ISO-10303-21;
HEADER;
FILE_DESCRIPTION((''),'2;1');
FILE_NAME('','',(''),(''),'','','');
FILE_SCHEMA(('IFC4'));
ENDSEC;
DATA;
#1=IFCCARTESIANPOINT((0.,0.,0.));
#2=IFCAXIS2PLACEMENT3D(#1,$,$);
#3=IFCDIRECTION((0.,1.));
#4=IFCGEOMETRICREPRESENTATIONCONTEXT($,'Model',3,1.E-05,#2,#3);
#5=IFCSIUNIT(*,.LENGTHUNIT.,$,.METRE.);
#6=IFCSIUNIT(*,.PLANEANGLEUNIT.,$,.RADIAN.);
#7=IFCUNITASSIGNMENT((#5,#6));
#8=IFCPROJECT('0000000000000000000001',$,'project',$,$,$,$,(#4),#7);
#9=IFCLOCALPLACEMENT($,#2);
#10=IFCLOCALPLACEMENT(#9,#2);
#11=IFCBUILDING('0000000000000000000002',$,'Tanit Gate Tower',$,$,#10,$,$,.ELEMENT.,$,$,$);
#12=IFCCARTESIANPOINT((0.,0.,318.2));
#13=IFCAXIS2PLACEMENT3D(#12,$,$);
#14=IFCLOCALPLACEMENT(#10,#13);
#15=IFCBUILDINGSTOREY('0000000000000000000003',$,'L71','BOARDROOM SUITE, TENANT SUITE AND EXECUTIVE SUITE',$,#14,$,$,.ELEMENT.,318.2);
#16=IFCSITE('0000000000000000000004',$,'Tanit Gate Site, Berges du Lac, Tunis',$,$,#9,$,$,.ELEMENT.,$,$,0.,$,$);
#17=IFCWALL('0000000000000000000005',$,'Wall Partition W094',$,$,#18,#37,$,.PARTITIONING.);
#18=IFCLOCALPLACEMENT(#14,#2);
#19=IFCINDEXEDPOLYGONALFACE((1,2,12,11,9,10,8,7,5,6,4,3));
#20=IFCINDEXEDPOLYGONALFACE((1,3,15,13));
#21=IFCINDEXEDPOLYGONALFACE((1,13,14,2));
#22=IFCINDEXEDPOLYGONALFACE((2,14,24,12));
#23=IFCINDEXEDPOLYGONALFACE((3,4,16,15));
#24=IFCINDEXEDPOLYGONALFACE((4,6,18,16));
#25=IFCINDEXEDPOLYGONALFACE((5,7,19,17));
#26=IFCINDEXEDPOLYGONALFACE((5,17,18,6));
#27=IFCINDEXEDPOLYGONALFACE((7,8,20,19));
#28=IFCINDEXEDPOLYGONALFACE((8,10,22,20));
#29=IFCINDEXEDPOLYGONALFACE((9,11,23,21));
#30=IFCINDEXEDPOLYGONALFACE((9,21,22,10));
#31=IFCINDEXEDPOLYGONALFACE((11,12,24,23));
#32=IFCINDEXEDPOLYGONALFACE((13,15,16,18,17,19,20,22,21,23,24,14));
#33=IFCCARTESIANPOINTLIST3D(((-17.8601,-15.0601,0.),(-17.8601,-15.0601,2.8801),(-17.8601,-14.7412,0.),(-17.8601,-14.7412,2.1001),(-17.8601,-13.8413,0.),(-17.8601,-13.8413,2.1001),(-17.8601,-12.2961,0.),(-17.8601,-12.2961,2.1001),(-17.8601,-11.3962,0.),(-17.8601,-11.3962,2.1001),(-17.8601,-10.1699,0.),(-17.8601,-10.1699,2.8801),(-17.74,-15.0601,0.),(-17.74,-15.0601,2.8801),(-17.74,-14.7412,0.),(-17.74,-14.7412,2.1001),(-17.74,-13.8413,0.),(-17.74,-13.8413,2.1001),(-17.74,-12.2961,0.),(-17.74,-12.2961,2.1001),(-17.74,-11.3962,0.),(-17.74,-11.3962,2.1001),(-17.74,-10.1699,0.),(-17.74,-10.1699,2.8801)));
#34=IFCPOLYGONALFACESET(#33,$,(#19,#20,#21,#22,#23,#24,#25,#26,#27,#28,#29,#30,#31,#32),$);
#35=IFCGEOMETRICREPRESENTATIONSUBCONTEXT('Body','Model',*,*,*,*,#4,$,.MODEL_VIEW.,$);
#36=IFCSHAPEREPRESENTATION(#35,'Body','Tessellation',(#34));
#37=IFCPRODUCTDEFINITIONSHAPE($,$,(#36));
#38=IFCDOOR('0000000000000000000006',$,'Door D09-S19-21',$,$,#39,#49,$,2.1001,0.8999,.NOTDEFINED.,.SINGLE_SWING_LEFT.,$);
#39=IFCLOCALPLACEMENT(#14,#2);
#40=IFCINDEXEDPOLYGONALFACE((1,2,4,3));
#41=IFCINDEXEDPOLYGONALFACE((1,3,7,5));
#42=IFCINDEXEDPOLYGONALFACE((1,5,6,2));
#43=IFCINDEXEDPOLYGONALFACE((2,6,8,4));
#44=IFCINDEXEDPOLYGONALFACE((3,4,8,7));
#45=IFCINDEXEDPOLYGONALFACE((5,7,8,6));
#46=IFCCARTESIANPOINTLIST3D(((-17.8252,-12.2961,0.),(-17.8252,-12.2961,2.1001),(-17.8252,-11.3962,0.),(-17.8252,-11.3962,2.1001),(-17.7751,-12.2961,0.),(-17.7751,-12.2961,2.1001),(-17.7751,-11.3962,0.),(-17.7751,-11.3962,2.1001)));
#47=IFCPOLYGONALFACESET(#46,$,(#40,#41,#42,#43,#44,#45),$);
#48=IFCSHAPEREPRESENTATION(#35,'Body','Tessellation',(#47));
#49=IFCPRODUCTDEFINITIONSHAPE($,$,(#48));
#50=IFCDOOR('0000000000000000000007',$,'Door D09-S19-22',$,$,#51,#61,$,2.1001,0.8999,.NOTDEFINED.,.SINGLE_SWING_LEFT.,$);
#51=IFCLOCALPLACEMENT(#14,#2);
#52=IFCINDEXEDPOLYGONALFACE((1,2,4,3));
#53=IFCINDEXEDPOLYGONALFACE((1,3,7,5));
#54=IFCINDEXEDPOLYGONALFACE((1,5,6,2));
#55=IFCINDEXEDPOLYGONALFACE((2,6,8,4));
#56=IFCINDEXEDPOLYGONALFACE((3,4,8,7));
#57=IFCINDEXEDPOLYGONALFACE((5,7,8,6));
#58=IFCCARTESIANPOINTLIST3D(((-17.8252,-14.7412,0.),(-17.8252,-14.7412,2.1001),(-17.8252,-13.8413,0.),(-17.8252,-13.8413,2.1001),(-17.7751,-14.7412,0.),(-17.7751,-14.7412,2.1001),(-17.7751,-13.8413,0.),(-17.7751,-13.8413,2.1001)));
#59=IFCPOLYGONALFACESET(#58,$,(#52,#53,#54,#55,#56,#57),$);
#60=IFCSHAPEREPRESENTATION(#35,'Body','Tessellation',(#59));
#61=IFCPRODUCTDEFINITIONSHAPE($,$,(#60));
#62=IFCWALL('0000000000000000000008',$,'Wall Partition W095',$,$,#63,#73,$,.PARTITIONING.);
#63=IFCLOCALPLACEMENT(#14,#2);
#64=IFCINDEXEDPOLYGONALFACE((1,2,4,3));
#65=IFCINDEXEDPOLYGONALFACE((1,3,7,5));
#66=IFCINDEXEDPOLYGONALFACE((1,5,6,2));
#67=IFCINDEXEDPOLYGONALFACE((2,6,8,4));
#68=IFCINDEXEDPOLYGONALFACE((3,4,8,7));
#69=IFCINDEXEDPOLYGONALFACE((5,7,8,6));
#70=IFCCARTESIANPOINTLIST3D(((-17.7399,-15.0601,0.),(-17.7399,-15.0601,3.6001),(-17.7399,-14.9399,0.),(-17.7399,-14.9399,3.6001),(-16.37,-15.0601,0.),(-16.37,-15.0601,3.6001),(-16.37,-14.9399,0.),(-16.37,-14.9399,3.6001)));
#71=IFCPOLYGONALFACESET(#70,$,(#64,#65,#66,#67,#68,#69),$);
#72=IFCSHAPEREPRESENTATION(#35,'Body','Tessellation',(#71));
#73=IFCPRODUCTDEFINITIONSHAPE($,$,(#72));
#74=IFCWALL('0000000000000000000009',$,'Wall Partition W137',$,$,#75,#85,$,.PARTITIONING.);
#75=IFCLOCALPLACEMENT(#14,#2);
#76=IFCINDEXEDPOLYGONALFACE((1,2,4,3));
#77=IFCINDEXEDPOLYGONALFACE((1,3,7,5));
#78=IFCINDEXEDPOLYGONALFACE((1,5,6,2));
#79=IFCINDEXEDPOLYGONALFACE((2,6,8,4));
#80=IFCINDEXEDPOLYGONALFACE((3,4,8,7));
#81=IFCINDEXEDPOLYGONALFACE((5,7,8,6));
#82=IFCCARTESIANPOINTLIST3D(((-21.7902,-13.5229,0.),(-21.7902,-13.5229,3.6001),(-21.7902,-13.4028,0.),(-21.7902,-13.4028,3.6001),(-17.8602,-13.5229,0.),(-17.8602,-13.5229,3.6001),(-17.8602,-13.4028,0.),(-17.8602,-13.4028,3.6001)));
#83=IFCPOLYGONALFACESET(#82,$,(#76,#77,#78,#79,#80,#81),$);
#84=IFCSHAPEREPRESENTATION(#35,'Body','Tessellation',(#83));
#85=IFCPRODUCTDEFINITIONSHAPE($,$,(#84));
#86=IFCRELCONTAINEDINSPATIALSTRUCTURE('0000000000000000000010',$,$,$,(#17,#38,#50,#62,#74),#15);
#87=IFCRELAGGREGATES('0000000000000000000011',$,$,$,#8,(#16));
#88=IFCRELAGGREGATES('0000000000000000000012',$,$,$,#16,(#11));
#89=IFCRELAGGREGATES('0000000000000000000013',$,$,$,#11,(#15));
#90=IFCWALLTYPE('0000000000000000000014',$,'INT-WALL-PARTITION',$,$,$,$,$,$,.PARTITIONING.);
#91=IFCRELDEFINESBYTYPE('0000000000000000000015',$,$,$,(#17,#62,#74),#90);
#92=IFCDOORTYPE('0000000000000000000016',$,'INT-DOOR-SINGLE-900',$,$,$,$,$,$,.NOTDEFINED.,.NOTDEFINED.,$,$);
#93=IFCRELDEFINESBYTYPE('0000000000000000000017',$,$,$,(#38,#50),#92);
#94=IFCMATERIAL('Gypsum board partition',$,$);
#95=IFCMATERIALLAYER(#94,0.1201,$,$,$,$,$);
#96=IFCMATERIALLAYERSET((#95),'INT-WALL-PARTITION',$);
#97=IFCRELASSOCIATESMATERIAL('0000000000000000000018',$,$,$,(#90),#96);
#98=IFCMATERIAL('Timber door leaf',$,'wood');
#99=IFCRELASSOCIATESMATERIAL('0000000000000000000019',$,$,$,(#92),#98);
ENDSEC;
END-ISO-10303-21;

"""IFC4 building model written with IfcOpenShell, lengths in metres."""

from ifc_helpers import new_model, si_unit, direction, frame, frame_2d, origin, place, context, subcontext, project, spatial, rectangle, extrude, material, layer, layer_set, type_object, element, fill, save


model = new_model("IFC4")

# Units and contexts
model_context = context("Model", 3, precision=1e-05, world=origin(), true_north=direction((0.0, 1.0)))
body_context = subcontext(model_context, "Body", "Model", "MODEL_VIEW")
ifc_project = project(units=[si_unit("LENGTHUNIT", "METRE"), si_unit("PLANEANGLEUNIT", "RADIAN")], contexts=[model_context])

# Site, building, storey
site_placement = place(None, origin())
site = spatial("IfcSite", under=ifc_project, at=site_placement, Name="Tanit Gate Site, Berges du Lac, Tunis", CompositionType="ELEMENT", RefElevation=0.0)
building_placement = place(site_placement, origin())
building = spatial("IfcBuilding", under=site, at=building_placement, Name="Tanit Gate Tower", CompositionType="ELEMENT")
storey_placement = place(building_placement, frame((0.0, 0.0, 318.2)))
storey = spatial("IfcBuildingStorey", under=building, at=storey_placement, Name="L71", Description="BOARDROOM SUITE, TENANT SUITE AND EXECUTIVE SUITE", CompositionType="ELEMENT", Elevation=318.2)

# Wall, openings, doors
ifc_material_1 = material(Name="Gypsum board partition")
ifc_layer_1 = layer(ifc_material_1, 0.1201)
ifc_layer_set_1 = layer_set([ifc_layer_1], Name="INT-WALL-PARTITION")
wall_type_1 = type_object("IfcWallType", Name="INT-WALL-PARTITION", PredefinedType="PARTITIONING", material=ifc_layer_set_1)
wall_1_placement = place(storey_placement, frame((-17.8, -10.1699, 0.0), z_axis=(0.0, 0.0, 1.0), x_axis=(0.0, -1.0, 0.0)))
wall_1 = element("IfcWall", 1, at=wall_1_placement, inside=storey, type_object=wall_type_1, Name="Wall Partition W094", PredefinedType="PARTITIONING", context=body_context, shape_type="SweptSolid", body=[
    extrude(rectangle(XDim=4.8901, YDim=0.1201, at=frame_2d((2.4451, 0.0))), origin(), (0.0, 0.0, 1.0), 2.8801),
])
opening_1_placement = place(wall_1_placement, frame((1.2263, 0.0, 0.0)))
opening_1 = element("IfcOpeningElement", 2, at=opening_1_placement, cuts=wall_1, PredefinedType="OPENING", context=body_context, shape_type="SweptSolid", body=[
    extrude(rectangle(XDim=0.8999, YDim=2.1001, at=frame_2d((0.45, 1.05))), frame((0.0, 0.0701, 0.0), z_axis=(0.0, -1.0, 0.0), x_axis=(1.0, 0.0, 0.0)), (0.0, 0.0, 1.0), 0.1401),
])
opening_2_placement = place(wall_1_placement, frame((3.6714, 0.0, 0.0)))
opening_2 = element("IfcOpeningElement", 3, at=opening_2_placement, cuts=wall_1, PredefinedType="OPENING", context=body_context, shape_type="SweptSolid", body=[
    extrude(rectangle(XDim=0.8999, YDim=2.1001, at=frame_2d((0.45, 1.05))), frame((0.0, 0.0701, 0.0), z_axis=(0.0, -1.0, 0.0), x_axis=(1.0, 0.0, 0.0)), (0.0, 0.0, 1.0), 0.1401),
])
ifc_material_2 = material(Name="Timber door leaf", Category="wood")
door_type_1 = type_object("IfcDoorType", Name="INT-DOOR-SINGLE-900", OperationType="NOTDEFINED", PredefinedType="NOTDEFINED", material=ifc_material_2)
door_1_placement = place(opening_1_placement, origin())
door_1 = element("IfcDoor", 4, at=door_1_placement, inside=storey, type_object=door_type_1, Name="Door D09-S19-21", OperationType="SINGLE_SWING_LEFT", OverallHeight=2.1001, OverallWidth=0.8999, PredefinedType="NOTDEFINED", context=body_context, shape_type="SweptSolid", body=[
    extrude(rectangle(XDim=0.8999, YDim=2.1001, at=frame_2d((0.45, 1.05))), frame((0.0, 0.0249, 0.0), z_axis=(0.0, -1.0, 0.0), x_axis=(1.0, 0.0, 0.0)), (0.0, 0.0, 1.0), 0.05),
])
fill(opening_1, door_1)
door_2_placement = place(opening_2_placement, origin())
door_2 = element("IfcDoor", 5, at=door_2_placement, inside=storey, type_object=door_type_1, Name="Door D09-S19-22", OperationType="SINGLE_SWING_LEFT", OverallHeight=2.1001, OverallWidth=0.8999, PredefinedType="NOTDEFINED", context=body_context, shape_type="SweptSolid", body=[
    extrude(rectangle(XDim=0.8999, YDim=2.1001, at=frame_2d((0.45, 1.05))), frame((0.0, 0.0249, 0.0), z_axis=(0.0, -1.0, 0.0), x_axis=(1.0, 0.0, 0.0)), (0.0, 0.0, 1.0), 0.05),
])
fill(opening_2, door_2)

# Walls
wall_2_placement = place(storey_placement, frame((-17.74, -15.0, 0.0), z_axis=(0.0, 0.0, 1.0), x_axis=(1.0, 0.0, 0.0)))
element("IfcWall", 6, at=wall_2_placement, inside=storey, type_object=wall_type_1, Name="Wall Partition W095", PredefinedType="PARTITIONING", context=body_context, shape_type="SweptSolid", body=[
    extrude(rectangle(XDim=1.3699, YDim=0.1201, at=frame_2d((0.6851, 0.0))), origin(), (0.0, 0.0, 1.0), 3.6001),
])
wall_3_placement = place(storey_placement, frame((-21.79, -13.4629, 0.0), z_axis=(0.0, 0.0, 1.0), x_axis=(1.0, 0.0, 0.0)))
element("IfcWall", 7, at=wall_3_placement, inside=storey, type_object=wall_type_1, Name="Wall Partition W137", PredefinedType="PARTITIONING", context=body_context, shape_type="SweptSolid", body=[
    extrude(rectangle(XDim=3.9299, YDim=0.1201, at=frame_2d((1.9648, 0.0))), origin(), (0.0, 0.0, 1.0), 3.6001),
])

save(model, "model.ifc")
